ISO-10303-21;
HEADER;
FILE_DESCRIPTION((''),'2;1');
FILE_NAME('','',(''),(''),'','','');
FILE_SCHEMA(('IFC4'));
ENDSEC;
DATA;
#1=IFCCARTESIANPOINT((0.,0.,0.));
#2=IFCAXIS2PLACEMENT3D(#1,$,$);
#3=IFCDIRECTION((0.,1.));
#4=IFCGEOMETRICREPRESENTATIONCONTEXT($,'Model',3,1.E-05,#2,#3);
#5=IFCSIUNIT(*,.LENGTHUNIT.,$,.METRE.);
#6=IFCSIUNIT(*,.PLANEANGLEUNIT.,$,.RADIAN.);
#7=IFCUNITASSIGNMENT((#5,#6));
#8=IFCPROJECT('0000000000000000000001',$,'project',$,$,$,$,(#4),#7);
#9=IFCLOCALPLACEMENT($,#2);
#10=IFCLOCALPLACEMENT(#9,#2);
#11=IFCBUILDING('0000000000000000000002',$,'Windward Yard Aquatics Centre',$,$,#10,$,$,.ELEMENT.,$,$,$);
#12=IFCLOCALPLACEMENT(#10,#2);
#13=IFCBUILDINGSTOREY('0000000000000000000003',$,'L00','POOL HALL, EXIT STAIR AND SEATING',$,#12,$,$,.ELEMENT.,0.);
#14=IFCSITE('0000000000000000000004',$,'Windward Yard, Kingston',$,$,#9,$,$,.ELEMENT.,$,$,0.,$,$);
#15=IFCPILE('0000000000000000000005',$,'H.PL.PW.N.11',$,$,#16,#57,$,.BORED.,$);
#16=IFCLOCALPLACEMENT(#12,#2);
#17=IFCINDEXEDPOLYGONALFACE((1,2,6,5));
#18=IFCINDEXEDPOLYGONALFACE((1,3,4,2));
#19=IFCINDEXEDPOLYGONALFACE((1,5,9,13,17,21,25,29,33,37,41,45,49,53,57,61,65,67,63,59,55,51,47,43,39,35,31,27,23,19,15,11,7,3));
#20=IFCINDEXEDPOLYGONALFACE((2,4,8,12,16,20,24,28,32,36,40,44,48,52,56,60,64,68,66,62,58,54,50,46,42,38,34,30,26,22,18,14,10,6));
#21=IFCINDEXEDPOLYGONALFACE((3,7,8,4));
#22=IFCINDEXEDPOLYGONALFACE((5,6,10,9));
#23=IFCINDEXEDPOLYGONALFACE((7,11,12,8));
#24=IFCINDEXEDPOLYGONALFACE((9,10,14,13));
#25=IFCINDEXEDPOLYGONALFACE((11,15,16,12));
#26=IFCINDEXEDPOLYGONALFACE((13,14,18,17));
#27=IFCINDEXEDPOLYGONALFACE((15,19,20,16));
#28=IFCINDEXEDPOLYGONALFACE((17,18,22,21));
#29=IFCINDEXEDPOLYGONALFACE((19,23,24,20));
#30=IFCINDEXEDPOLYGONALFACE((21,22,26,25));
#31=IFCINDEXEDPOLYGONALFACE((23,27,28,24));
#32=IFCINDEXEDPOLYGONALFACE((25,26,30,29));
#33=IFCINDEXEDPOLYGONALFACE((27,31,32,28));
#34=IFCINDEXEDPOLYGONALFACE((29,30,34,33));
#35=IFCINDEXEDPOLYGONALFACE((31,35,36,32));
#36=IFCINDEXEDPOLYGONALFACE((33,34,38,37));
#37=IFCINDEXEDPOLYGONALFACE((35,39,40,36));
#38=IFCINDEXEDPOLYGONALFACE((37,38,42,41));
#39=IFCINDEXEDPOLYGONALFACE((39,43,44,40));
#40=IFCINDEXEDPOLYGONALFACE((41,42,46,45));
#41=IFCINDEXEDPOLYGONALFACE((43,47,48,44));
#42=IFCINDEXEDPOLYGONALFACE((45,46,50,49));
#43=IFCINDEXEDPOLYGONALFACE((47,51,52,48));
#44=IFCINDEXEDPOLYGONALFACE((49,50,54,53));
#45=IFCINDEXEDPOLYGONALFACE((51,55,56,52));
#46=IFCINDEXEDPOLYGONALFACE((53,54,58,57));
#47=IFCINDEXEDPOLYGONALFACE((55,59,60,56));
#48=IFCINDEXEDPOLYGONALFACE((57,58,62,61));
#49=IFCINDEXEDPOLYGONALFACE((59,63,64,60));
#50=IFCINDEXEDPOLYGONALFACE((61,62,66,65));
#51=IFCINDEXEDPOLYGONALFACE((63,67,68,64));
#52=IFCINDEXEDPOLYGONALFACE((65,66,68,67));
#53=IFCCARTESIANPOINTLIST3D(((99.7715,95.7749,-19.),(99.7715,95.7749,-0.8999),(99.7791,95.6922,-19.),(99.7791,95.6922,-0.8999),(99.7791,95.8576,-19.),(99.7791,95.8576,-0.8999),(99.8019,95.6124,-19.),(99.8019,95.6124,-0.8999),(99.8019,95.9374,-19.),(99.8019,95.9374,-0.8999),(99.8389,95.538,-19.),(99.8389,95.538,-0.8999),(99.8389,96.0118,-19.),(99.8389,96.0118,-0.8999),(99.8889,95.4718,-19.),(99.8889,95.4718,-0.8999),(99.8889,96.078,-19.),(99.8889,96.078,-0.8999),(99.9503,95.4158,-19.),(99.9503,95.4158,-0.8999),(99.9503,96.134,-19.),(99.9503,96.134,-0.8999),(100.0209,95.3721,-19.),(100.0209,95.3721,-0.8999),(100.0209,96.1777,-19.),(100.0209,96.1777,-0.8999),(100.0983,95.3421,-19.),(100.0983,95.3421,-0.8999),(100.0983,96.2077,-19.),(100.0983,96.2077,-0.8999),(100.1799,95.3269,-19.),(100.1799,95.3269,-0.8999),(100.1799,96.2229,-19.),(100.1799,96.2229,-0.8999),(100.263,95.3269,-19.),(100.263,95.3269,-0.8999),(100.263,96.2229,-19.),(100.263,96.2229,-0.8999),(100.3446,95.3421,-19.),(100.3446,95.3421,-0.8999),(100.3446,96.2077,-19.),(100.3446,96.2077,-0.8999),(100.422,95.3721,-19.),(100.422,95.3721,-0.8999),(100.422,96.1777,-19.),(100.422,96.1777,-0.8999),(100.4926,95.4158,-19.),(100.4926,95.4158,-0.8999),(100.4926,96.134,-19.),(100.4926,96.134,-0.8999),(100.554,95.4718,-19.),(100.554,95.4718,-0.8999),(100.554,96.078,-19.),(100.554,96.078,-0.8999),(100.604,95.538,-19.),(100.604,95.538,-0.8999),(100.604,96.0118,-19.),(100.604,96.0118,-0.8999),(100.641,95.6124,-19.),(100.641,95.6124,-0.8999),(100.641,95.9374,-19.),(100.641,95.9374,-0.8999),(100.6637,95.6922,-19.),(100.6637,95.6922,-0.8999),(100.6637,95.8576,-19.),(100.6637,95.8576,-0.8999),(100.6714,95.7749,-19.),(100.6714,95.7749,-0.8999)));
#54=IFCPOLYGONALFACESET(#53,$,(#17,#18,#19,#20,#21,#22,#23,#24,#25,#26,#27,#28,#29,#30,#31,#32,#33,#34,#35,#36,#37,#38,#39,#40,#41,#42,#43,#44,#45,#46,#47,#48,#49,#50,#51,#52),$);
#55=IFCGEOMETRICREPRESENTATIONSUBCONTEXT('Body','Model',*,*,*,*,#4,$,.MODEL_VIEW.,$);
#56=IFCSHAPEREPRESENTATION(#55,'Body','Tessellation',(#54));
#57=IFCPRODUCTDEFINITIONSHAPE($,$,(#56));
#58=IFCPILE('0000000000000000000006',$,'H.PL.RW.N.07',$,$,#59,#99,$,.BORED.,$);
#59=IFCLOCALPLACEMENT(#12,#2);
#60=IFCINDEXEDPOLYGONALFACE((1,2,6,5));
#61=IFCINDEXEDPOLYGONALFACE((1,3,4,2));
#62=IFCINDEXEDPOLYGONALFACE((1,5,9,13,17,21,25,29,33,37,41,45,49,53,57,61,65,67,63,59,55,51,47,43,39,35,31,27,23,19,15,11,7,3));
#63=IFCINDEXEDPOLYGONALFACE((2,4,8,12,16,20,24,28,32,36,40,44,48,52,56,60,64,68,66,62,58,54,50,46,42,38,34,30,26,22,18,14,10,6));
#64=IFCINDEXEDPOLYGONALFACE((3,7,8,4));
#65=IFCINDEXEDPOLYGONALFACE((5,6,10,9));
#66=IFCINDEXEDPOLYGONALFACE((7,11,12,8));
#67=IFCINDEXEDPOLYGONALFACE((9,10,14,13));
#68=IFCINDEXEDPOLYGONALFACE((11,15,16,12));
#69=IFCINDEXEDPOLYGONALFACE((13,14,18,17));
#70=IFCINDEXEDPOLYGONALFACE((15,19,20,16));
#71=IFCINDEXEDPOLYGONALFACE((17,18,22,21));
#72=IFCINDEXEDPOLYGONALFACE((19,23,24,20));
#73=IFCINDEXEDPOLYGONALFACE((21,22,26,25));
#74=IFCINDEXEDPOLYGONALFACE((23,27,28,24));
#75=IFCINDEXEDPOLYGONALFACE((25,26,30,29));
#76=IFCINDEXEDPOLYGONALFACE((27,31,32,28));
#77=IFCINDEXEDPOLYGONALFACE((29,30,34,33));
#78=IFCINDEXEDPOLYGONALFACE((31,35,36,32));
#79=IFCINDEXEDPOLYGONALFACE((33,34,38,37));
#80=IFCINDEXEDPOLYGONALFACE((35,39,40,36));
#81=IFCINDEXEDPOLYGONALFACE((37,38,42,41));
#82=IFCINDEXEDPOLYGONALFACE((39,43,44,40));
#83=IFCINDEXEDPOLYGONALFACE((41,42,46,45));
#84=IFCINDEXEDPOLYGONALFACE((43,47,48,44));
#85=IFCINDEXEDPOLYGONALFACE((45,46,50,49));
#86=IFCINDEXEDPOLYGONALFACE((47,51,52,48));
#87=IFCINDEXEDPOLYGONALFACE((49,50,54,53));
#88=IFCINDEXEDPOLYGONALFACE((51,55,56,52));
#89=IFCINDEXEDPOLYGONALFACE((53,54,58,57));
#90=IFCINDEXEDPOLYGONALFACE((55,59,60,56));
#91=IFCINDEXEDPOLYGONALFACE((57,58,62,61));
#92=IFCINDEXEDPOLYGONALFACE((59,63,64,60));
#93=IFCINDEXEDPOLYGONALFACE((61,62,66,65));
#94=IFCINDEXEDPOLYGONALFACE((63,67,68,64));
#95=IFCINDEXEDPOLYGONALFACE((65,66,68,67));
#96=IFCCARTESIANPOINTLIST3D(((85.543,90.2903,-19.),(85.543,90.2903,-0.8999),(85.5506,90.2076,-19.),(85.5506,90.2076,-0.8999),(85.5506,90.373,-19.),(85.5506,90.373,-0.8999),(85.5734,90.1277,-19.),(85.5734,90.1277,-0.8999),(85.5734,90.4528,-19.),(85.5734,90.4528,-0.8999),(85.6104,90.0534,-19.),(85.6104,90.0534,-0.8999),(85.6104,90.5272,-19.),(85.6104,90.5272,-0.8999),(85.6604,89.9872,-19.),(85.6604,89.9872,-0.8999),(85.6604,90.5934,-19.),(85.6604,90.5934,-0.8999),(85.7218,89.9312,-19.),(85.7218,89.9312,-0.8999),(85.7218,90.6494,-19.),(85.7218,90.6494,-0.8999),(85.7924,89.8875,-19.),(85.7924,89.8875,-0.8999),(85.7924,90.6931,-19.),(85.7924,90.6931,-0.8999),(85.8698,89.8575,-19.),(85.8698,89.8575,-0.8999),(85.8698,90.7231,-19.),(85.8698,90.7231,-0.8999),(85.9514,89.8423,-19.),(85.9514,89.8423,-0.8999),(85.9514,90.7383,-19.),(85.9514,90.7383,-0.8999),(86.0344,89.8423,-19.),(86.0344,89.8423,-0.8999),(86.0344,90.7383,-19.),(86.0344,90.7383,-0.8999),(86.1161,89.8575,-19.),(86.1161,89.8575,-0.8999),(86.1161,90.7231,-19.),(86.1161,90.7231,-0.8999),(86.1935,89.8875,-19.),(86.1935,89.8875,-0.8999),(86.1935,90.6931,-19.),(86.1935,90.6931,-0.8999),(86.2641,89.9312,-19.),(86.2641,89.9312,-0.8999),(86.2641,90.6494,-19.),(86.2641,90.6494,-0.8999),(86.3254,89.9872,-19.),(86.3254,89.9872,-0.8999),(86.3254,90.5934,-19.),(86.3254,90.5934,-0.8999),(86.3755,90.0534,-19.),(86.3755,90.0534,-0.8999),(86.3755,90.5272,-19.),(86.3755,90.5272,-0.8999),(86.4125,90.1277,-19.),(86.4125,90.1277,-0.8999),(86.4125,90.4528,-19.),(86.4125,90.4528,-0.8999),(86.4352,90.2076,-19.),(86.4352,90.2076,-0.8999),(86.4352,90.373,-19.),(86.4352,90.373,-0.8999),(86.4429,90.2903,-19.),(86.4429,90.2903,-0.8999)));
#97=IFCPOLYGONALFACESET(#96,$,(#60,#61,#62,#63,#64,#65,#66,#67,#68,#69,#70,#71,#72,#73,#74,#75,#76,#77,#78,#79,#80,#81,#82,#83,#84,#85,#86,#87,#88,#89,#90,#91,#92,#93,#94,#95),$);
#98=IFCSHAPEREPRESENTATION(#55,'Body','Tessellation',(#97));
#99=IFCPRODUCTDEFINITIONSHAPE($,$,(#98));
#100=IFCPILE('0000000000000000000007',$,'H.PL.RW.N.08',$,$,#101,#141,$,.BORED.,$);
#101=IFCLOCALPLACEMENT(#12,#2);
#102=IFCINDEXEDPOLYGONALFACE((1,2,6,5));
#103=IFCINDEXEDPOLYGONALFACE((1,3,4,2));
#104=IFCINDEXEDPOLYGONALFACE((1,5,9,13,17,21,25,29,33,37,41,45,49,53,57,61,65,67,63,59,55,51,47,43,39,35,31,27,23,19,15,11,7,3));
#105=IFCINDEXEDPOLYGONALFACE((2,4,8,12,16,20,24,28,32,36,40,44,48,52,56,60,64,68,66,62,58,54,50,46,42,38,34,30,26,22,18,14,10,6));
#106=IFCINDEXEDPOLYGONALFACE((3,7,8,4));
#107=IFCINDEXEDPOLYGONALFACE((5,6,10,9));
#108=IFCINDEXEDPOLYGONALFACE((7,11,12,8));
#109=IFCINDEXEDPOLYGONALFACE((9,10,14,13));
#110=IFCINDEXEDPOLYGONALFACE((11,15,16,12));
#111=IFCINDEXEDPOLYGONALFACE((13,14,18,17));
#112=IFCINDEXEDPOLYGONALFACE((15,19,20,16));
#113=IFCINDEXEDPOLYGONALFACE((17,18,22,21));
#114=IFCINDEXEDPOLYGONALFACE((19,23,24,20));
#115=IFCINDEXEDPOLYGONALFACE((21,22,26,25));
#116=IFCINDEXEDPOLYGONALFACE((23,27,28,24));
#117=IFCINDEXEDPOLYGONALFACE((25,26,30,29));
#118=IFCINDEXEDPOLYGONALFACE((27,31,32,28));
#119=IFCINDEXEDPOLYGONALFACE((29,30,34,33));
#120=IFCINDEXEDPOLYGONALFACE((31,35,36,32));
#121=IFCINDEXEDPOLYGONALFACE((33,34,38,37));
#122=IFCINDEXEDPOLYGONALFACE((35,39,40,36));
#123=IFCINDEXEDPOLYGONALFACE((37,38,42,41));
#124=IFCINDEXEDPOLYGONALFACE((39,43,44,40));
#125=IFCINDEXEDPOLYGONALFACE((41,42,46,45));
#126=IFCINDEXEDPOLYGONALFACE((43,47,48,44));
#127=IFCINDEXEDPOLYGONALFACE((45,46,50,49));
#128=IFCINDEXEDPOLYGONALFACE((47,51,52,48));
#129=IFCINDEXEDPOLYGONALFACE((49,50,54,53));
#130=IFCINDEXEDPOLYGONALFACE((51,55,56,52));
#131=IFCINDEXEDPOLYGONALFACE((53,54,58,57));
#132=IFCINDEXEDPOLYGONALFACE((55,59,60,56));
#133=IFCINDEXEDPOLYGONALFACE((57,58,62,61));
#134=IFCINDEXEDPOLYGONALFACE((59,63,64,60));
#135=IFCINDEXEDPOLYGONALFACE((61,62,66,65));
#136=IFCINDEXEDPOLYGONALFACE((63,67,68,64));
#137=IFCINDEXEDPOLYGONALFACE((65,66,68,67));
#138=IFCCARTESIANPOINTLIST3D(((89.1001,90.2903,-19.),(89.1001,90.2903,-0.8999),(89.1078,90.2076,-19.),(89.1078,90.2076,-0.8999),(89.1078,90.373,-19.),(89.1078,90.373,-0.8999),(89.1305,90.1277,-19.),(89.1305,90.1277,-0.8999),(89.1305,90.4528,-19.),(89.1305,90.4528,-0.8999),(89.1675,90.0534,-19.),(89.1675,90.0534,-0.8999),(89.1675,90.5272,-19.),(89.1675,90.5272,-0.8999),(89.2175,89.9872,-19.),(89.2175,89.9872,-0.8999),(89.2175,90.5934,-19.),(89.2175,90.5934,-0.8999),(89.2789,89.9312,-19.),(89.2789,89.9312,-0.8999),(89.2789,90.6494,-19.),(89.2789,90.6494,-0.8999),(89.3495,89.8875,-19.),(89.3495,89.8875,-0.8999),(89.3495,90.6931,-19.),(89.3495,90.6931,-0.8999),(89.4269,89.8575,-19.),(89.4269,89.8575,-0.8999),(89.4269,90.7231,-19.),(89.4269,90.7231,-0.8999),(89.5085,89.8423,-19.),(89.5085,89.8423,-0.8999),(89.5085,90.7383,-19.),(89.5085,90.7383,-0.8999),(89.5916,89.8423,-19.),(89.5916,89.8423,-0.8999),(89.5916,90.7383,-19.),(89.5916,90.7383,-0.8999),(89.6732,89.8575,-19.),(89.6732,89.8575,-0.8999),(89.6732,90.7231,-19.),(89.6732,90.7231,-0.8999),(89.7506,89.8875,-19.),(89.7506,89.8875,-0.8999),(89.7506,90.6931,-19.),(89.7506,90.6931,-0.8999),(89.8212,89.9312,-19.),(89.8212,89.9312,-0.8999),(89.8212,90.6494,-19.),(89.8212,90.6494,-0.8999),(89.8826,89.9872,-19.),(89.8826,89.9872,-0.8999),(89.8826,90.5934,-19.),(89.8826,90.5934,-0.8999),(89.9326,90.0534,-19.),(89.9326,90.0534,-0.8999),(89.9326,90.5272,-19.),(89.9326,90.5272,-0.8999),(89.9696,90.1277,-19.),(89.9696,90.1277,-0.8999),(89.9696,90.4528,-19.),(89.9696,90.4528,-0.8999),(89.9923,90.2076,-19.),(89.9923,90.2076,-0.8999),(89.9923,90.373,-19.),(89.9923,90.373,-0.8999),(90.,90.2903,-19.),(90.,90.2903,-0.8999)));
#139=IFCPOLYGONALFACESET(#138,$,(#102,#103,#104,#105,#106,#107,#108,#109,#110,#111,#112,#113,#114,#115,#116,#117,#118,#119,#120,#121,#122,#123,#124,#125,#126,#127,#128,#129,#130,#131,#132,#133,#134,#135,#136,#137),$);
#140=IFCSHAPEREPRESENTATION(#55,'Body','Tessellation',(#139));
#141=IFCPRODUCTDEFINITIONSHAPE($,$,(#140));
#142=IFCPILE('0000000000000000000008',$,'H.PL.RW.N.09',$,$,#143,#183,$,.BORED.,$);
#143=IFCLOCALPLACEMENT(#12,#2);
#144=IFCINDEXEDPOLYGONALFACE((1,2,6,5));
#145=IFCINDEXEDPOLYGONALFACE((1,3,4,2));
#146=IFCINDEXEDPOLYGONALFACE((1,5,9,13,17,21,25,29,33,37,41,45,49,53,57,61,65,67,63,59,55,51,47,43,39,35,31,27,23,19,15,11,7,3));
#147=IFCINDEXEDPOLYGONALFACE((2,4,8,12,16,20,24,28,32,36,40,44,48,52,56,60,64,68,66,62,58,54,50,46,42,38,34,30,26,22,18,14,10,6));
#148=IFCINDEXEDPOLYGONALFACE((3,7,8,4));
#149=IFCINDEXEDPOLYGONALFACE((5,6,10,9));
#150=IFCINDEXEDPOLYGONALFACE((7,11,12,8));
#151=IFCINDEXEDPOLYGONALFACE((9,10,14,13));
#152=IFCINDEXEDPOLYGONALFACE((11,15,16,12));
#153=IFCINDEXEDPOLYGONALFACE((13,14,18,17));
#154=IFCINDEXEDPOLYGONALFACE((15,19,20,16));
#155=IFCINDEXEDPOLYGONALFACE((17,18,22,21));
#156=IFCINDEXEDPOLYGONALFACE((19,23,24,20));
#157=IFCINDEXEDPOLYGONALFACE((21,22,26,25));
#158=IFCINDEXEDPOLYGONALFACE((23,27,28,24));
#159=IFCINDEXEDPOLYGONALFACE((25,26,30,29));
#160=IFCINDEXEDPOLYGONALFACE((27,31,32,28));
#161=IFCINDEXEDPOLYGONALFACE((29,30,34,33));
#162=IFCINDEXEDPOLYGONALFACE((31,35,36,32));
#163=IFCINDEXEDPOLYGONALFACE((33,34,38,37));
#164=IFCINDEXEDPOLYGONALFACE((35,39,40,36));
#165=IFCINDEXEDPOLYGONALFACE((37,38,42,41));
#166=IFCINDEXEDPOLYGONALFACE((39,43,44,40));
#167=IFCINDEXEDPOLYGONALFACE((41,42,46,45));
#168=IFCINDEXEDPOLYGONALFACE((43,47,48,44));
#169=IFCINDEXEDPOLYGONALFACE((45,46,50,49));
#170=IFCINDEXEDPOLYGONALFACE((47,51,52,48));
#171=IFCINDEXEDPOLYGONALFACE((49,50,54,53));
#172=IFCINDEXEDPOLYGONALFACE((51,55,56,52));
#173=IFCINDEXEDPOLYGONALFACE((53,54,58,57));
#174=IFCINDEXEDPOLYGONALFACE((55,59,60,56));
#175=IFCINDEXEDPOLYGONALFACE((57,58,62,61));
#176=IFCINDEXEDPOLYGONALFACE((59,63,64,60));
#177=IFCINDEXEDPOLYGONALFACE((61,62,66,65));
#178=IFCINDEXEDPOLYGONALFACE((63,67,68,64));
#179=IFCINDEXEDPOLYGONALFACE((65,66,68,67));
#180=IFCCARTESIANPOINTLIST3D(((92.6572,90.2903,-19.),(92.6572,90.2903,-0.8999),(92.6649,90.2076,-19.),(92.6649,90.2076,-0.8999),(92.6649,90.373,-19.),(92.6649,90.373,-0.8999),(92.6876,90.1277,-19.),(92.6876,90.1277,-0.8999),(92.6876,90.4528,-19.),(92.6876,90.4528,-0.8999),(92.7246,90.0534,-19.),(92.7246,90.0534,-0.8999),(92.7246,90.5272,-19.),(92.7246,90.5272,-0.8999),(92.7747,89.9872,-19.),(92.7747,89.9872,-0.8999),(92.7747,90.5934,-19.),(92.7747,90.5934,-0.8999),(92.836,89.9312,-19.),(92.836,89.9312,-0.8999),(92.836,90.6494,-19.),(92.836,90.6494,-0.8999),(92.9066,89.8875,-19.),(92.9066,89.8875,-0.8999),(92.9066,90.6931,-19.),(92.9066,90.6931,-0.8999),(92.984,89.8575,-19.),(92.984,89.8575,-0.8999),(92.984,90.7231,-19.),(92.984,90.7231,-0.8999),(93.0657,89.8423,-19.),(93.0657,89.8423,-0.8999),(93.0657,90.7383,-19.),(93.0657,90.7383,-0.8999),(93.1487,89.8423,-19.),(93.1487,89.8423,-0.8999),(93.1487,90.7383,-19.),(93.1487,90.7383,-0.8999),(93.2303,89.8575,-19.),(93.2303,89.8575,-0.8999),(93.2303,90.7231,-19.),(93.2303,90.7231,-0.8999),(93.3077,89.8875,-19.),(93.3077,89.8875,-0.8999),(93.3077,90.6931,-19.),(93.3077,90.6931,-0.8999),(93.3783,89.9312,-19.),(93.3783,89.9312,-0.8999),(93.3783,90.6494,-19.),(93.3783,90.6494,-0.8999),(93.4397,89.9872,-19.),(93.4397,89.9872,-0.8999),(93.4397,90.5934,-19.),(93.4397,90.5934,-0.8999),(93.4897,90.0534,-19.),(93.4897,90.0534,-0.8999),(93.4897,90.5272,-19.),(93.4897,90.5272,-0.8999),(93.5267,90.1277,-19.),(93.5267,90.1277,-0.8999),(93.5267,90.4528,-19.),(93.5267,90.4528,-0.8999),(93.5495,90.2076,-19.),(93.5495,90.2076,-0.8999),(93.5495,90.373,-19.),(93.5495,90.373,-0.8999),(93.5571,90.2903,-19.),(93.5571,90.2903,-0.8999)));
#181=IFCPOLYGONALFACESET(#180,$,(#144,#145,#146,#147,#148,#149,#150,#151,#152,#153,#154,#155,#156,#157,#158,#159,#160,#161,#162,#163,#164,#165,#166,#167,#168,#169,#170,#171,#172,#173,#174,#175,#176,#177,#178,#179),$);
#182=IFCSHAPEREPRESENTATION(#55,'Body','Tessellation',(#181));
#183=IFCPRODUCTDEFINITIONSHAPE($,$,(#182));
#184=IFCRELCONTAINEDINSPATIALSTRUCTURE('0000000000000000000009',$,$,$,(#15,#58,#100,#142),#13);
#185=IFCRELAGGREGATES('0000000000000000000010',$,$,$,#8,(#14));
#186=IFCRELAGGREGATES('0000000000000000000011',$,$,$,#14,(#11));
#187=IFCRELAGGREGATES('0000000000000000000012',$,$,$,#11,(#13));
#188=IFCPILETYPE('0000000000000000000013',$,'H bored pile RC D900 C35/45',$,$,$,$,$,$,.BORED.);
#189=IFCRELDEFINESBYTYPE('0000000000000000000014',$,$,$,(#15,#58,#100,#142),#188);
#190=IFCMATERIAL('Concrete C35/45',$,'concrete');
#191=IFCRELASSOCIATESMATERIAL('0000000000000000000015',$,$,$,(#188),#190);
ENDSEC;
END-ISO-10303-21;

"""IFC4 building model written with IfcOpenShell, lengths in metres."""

from ifc_helpers import new_model, si_unit, direction, frame, origin, origin_2d, place, context, subcontext, project, spatial, circle, extrude, material, material_profile, profile_set, type_object, element, save


model = new_model("IFC4")

# Units and contexts
model_context = context("Model", 3, precision=1e-05, world=origin(), true_north=direction((0.0, 1.0)))
body_context = subcontext(model_context, "Body", "Model", "MODEL_VIEW")
ifc_project = project(units=[si_unit("LENGTHUNIT", "METRE"), si_unit("PLANEANGLEUNIT", "RADIAN")], contexts=[model_context])

# Site, building, storey
site_placement = place(None, origin())
site = spatial("IfcSite", under=ifc_project, at=site_placement, Name="Windward Yard, Kingston", CompositionType="ELEMENT", RefElevation=0.0)
building_placement = place(site_placement, origin())
building = spatial("IfcBuilding", under=site, at=building_placement, Name="Windward Yard Aquatics Centre", CompositionType="ELEMENT")
storey_placement = place(building_placement, origin())
storey = spatial("IfcBuildingStorey", under=building, at=storey_placement, Name="L00", Description="POOL HALL, EXIT STAIR AND SEATING", CompositionType="ELEMENT", Elevation=0.0)

# Shared definitions
ifc_material_1 = material(Name="Concrete C35/45", Category="concrete")

# Piles
ifc_material_profile_1 = material_profile(ifc_material_1, circle(Radius=0.45, at=origin_2d()), Name="RC D900")
ifc_profile_set_1 = profile_set([ifc_material_profile_1], Name="Concrete C35/45")
pile_type = type_object("IfcPileType", Name="H bored pile RC D900 C35/45", PredefinedType="BORED", material=ifc_profile_set_1)
for number, where, z_axis, x_axis, name in (
    (1, (100.2214, 95.7749, -0.8999), (0.0, 0.0, -1.0), (1.0, 0.0, 0.0), "H.PL.PW.N.11"),
    (2, (85.9929, 90.2903, -0.8999), (0.0, 0.0, -1.0), (1.0, 0.0, 0.0), "H.PL.RW.N.07"),
    (3, (89.55, 90.2903, -0.8999), (0.0, 0.0, -1.0), (1.0, 0.0, 0.0), "H.PL.RW.N.08"),
    (4, (93.1072, 90.2903, -0.8999), (0.0, 0.0, -1.0), (1.0, 0.0, 0.0), "H.PL.RW.N.09"),
):
    element("IfcPile", number, at=place(storey_placement, frame(where, z_axis=z_axis, x_axis=x_axis)), inside=storey, type_object=pile_type, Name=name, PredefinedType="BORED", context=body_context, shape_type="SweptSolid", body=[
        extrude(circle(Radius=0.45, at=origin_2d()), origin(), (0.0, 0.0, 1.0), 18.1001),
    ])

save(model, "model.ifc")
